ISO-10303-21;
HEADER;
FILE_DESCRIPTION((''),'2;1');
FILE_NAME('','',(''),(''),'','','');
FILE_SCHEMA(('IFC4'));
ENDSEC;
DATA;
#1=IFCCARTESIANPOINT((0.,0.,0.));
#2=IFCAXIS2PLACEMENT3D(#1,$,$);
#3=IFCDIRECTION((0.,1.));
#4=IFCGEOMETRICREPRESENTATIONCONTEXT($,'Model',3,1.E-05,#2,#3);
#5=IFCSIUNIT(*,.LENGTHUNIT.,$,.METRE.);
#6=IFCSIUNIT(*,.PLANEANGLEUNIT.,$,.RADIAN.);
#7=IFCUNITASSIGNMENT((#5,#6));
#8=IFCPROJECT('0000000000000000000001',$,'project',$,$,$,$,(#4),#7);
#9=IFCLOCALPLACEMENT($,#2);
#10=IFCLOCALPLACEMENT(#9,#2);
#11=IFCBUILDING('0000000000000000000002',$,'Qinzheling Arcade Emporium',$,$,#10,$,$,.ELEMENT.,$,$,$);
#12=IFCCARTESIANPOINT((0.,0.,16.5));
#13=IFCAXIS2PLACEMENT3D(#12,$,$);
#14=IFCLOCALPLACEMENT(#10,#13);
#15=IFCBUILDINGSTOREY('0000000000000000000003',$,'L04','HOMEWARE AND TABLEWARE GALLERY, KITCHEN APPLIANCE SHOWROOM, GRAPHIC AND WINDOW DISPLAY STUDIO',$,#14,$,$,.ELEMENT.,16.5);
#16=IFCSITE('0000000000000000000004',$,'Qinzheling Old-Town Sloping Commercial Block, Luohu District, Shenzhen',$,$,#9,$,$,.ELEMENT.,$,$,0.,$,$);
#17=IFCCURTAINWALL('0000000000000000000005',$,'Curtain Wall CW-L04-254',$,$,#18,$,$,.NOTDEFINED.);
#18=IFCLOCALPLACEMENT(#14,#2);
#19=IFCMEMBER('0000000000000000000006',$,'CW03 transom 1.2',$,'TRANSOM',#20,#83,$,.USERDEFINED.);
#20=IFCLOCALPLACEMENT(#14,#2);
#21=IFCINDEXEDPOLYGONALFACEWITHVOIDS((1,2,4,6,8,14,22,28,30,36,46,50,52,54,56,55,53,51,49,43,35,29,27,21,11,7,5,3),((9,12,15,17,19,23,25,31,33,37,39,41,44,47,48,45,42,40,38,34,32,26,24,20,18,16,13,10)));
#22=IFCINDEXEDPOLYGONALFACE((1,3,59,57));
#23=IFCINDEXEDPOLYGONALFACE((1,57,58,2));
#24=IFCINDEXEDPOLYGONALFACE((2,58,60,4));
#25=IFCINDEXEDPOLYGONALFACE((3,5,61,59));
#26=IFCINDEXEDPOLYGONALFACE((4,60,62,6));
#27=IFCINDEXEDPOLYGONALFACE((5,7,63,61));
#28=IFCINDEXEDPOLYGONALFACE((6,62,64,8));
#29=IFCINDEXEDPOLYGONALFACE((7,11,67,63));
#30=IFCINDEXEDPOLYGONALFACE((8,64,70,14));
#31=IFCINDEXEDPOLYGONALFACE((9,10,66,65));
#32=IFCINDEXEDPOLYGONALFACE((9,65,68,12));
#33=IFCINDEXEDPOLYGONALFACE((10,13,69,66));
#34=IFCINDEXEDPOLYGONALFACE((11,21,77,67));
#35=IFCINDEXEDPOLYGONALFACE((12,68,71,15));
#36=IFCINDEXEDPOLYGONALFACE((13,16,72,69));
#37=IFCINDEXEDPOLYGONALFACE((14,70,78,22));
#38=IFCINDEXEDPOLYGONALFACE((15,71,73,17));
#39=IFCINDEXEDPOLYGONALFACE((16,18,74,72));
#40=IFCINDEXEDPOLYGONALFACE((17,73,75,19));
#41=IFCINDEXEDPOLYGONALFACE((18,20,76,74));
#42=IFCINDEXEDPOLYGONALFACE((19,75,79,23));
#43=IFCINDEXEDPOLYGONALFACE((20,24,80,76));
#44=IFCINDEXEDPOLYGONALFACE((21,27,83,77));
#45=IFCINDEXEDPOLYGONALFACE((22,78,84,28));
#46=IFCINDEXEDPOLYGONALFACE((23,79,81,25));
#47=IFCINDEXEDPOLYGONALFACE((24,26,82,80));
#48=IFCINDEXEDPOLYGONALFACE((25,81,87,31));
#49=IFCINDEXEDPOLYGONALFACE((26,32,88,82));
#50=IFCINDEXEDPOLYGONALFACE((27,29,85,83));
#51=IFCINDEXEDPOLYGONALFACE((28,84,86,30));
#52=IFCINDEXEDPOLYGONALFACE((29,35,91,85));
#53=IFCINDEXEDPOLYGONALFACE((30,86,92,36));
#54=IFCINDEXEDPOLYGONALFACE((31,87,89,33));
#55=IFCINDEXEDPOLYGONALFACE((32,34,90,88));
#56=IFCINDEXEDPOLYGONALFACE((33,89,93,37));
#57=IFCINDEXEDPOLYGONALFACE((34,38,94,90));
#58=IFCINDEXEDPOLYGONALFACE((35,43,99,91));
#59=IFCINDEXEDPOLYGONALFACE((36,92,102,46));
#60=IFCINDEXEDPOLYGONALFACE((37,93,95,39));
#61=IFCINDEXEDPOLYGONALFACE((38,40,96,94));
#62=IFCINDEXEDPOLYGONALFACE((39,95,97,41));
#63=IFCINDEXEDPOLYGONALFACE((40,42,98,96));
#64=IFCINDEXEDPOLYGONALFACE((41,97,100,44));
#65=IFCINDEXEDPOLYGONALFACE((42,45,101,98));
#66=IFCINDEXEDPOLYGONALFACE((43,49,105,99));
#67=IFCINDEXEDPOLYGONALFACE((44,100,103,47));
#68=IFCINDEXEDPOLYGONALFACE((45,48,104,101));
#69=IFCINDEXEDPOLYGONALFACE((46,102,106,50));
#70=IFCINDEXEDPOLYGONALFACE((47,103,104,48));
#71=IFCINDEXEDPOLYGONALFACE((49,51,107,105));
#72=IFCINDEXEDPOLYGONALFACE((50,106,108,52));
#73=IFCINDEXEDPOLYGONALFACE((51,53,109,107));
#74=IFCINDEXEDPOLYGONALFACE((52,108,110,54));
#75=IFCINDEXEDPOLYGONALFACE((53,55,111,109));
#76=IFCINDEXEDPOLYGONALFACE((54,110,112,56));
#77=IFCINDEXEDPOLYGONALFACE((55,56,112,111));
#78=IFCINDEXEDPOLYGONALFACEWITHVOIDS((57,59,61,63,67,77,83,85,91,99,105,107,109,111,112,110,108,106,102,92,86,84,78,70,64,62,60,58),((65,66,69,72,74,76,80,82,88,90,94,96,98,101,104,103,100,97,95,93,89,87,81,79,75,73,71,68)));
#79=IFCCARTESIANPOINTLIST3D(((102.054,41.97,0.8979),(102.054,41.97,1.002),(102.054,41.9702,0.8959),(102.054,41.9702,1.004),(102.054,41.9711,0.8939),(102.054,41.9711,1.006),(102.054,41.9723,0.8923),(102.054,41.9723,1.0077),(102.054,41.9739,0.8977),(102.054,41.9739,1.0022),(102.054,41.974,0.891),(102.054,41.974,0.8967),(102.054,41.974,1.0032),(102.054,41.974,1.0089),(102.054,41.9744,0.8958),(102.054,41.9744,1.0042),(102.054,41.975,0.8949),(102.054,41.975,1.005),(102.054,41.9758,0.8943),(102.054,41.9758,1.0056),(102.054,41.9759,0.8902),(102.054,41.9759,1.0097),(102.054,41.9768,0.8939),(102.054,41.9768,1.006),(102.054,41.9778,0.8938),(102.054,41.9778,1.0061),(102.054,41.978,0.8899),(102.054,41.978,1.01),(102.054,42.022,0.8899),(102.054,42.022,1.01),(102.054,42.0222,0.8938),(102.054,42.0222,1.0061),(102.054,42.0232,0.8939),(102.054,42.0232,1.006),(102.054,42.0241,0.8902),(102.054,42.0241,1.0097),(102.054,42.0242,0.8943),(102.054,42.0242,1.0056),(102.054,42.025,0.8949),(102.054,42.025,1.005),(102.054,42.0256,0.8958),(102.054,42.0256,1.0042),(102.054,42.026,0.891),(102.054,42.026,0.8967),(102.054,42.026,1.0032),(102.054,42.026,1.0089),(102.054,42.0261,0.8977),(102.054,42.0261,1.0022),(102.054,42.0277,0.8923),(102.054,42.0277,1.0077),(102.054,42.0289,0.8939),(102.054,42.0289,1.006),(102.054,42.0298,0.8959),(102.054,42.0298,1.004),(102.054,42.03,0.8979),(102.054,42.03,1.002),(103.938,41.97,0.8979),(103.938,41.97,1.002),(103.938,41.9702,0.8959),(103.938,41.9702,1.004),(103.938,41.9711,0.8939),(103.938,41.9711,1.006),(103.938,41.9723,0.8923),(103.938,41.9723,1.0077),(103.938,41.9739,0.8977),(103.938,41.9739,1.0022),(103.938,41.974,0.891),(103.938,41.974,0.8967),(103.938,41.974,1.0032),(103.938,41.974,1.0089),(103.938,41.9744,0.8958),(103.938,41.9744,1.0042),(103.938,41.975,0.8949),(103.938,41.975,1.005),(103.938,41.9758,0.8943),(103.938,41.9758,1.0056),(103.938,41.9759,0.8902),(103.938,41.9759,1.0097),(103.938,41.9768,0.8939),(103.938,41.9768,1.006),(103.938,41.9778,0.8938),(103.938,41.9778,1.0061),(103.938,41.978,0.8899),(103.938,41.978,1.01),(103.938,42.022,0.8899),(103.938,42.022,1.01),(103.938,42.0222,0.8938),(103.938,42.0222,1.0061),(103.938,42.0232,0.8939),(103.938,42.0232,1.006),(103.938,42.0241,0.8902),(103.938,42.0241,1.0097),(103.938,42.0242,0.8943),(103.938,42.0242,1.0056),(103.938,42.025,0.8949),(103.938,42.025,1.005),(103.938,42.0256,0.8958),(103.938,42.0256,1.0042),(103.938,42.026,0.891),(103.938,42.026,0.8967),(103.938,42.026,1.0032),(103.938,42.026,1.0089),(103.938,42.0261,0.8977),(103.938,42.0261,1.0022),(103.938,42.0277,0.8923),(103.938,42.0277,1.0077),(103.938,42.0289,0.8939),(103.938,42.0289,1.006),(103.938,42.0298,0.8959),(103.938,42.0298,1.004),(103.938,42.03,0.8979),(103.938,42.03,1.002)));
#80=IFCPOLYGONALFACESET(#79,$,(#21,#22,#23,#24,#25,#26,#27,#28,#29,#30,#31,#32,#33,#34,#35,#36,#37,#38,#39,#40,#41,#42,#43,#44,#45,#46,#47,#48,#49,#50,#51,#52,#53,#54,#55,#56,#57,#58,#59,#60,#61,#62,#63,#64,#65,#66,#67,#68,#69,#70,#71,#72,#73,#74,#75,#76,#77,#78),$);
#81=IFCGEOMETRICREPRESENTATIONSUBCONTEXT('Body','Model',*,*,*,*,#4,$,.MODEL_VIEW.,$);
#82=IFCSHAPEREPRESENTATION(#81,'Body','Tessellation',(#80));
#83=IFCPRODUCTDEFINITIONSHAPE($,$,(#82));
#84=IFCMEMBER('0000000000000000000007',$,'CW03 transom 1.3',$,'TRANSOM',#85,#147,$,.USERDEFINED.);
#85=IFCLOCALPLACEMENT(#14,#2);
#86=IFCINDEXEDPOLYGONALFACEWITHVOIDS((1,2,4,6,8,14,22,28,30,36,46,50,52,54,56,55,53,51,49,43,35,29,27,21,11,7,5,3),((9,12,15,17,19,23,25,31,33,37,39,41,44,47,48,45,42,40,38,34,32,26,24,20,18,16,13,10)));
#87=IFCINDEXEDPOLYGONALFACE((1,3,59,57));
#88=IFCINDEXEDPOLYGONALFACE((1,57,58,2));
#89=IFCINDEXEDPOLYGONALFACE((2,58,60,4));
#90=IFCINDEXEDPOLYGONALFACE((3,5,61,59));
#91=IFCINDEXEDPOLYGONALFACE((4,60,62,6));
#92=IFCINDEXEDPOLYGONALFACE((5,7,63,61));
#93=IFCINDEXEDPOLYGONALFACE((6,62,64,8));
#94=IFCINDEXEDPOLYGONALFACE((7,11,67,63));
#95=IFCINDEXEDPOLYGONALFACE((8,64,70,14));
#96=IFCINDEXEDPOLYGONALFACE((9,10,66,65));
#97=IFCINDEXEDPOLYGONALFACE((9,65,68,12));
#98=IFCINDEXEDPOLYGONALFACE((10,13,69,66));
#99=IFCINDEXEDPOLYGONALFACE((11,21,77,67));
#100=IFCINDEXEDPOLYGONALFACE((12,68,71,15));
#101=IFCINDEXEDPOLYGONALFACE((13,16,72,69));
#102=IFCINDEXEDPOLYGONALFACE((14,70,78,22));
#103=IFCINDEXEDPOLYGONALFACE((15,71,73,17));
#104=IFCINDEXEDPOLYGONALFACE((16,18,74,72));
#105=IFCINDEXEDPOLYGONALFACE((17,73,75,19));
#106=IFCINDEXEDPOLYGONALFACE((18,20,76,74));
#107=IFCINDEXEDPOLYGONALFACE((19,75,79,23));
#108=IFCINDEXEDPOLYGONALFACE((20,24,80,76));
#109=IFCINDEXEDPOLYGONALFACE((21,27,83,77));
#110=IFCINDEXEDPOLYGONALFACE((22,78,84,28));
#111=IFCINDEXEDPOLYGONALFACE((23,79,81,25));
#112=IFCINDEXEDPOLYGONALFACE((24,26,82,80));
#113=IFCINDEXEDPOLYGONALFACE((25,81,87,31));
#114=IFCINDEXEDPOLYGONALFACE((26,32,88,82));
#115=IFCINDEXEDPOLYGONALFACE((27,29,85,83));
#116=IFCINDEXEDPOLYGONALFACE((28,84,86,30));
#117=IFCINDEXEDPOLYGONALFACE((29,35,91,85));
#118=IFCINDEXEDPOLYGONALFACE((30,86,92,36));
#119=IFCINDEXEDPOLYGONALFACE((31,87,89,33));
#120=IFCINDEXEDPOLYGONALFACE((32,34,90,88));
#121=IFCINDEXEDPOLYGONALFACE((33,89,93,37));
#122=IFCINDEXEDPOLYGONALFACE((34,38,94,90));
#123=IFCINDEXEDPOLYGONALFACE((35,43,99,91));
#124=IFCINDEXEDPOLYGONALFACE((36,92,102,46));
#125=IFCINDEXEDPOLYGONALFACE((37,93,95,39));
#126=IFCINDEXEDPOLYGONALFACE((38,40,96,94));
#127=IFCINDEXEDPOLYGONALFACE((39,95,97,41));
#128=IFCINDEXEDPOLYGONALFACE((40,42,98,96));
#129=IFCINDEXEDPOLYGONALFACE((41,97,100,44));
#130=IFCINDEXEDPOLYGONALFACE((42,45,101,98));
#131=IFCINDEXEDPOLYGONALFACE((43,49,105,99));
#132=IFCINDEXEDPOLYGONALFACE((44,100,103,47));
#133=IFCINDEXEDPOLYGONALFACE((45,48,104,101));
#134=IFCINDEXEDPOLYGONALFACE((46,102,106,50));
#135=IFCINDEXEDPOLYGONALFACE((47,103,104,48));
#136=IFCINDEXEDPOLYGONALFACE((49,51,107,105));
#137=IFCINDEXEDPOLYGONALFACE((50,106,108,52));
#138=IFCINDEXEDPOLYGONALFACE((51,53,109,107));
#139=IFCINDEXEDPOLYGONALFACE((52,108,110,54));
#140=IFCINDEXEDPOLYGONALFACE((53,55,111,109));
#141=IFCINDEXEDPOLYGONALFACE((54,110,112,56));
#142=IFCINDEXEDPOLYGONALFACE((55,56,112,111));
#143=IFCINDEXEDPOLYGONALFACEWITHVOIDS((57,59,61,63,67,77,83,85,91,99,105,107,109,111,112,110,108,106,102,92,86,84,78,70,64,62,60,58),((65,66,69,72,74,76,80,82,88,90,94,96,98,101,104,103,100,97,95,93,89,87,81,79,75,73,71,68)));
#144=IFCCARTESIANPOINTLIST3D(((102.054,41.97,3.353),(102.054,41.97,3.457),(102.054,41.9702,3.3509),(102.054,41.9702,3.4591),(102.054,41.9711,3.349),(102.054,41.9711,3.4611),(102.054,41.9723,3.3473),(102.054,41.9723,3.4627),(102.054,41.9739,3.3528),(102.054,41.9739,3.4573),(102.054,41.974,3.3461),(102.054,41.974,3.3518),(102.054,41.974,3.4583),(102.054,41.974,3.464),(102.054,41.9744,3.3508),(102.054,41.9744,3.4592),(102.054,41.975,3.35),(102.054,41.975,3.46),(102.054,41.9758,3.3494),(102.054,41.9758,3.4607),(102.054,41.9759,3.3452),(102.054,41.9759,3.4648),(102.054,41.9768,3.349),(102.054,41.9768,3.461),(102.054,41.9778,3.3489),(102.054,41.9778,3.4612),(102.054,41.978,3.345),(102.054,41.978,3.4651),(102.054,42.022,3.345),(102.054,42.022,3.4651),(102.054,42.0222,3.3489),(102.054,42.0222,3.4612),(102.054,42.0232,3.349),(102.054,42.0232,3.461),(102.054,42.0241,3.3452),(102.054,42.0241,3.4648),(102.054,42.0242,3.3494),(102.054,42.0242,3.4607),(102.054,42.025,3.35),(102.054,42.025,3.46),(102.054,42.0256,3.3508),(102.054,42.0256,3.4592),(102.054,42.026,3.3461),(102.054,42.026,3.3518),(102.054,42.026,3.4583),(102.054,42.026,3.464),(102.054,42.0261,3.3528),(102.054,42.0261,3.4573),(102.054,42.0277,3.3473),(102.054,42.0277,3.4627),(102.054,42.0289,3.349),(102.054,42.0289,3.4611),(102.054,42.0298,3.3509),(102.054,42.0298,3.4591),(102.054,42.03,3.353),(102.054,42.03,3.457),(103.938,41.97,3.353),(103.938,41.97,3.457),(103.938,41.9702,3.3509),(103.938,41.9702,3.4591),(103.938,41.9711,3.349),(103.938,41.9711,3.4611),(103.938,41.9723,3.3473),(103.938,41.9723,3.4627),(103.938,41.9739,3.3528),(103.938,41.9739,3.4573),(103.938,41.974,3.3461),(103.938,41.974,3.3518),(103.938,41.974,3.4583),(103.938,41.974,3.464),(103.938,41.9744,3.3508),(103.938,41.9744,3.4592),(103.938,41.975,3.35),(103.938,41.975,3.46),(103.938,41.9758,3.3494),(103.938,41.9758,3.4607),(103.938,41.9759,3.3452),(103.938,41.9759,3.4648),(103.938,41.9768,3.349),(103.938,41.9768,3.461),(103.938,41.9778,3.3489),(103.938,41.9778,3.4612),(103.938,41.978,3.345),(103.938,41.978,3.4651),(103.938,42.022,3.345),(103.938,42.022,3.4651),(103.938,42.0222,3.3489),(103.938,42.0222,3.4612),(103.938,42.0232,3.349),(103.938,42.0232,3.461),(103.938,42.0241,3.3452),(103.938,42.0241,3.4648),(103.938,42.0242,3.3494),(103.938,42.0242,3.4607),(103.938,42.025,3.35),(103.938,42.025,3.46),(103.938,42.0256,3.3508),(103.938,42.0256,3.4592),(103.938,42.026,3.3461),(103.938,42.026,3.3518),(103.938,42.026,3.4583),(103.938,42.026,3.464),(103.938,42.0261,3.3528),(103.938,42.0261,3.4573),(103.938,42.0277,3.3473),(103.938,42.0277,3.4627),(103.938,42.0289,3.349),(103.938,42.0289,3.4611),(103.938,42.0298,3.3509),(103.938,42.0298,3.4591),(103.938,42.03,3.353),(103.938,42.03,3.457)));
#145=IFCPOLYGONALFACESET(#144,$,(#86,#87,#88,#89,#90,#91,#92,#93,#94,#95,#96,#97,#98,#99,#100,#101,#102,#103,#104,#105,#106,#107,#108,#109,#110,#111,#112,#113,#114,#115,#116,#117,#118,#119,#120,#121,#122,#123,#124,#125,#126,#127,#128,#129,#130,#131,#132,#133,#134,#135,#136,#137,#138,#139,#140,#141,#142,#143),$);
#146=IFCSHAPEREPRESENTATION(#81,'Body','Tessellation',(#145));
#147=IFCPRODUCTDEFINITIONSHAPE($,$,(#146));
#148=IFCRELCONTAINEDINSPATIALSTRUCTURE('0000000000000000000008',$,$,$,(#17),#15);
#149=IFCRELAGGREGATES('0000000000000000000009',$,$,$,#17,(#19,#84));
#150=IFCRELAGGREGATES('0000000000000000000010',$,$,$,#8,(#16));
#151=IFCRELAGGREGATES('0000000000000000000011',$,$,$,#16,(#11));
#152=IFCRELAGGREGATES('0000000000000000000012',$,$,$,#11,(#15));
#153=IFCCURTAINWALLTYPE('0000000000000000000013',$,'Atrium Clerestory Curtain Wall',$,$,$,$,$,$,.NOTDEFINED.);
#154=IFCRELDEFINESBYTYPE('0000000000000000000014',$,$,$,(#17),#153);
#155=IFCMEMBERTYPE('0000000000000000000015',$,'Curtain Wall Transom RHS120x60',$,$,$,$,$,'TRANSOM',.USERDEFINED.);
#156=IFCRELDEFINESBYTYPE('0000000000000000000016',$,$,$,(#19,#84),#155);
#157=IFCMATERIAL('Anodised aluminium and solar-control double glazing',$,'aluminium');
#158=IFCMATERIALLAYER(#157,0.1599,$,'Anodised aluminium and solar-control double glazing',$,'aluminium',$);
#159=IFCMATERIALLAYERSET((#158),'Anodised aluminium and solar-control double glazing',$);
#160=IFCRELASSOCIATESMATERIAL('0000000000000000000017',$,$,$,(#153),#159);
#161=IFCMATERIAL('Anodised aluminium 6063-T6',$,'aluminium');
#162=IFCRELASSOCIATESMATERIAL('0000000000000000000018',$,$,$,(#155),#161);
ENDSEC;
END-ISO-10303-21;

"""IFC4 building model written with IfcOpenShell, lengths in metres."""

from ifc_helpers import new_model, si_unit, direction, frame, origin, origin_2d, place, context, subcontext, project, spatial, hollow_rectangle, extrude, material, layer, layer_set, material_profile, profile_set, type_object, element, aggregate, save


model = new_model("IFC4")

# Units and contexts
model_context = context("Model", 3, precision=1e-05, world=origin(), true_north=direction((0.0, 1.0)))
body_context = subcontext(model_context, "Body", "Model", "MODEL_VIEW")
ifc_project = project(units=[si_unit("LENGTHUNIT", "METRE"), si_unit("PLANEANGLEUNIT", "RADIAN")], contexts=[model_context])

# Site, building, storey
site_placement = place(None, origin())
site = spatial("IfcSite", under=ifc_project, at=site_placement, Name="Qinzheling Old-Town Sloping Commercial Block, Luohu District, Shenzhen", CompositionType="ELEMENT", RefElevation=0.0)
building_placement = place(site_placement, origin())
building = spatial("IfcBuilding", under=site, at=building_placement, Name="Qinzheling Arcade Emporium", CompositionType="ELEMENT")
storey_placement = place(building_placement, frame((0.0, 0.0, 16.5)))
storey = spatial("IfcBuildingStorey", under=building, at=storey_placement, Name="L04", Description="HOMEWARE AND TABLEWARE GALLERY, KITCHEN APPLIANCE SHOWROOM, GRAPHIC AND WINDOW DISPLAY STUDIO", CompositionType="ELEMENT", Elevation=16.5)

# Curtain wall
ifc_material_1 = material(Name="Anodised aluminium and solar-control double glazing", Category="aluminium")
ifc_layer_1 = layer(ifc_material_1, 0.1599, Name="Anodised aluminium and solar-control double glazing", Category="aluminium")
ifc_layer_set_1 = layer_set([ifc_layer_1], Name="Anodised aluminium and solar-control double glazing")
curtain_wall_type = type_object("IfcCurtainWallType", Name="Atrium Clerestory Curtain Wall", PredefinedType="NOTDEFINED", material=ifc_layer_set_1)
ifc_material_2 = material(Name="Anodised aluminium 6063-T6", Category="aluminium")
curtain_wall_1_placement = place(storey_placement, origin())
curtain_wall_1 = element("IfcCurtainWall", 1, at=curtain_wall_1_placement, inside=storey, type_object=curtain_wall_type, Name="Curtain Wall CW-L04-254", PredefinedType="NOTDEFINED")

# Members
ifc_material_profile_1 = material_profile(ifc_material_2, hollow_rectangle(XDim=0.0601, YDim=0.1201, WallThickness=0.0039, InnerFilletRadius=0.0039, OuterFilletRadius=0.0081, at=origin_2d()), Name="RHS 120x60x4", Category="aluminium")
ifc_profile_set_1 = profile_set([ifc_material_profile_1], Name="Anodised aluminium 6063-T6")
member_type_1 = type_object("IfcMemberType", Name="Curtain Wall Transom RHS120x60", ElementType="TRANSOM", PredefinedType="USERDEFINED", material=ifc_profile_set_1)
member_1_placement = place(storey_placement, frame((103.938, 42.0, 0.95), z_axis=(-1.0, 0.0, 0.0), x_axis=(0.0, -1.0, 0.0)))
member_1 = element("IfcMember", 2, at=member_1_placement, type_object=member_type_1, Name="CW03 transom 1.2", ObjectType="TRANSOM", PredefinedType="USERDEFINED", context=body_context, shape_type="SweptSolid", body=[
    extrude(hollow_rectangle(XDim=0.0601, YDim=0.1201, WallThickness=0.0039, InnerFilletRadius=0.0039, OuterFilletRadius=0.0081, at=origin_2d()), origin(), (0.0, 0.0, 1.0), 1.884),
])
member_2_placement = place(storey_placement, frame((103.938, 42.0, 3.405), z_axis=(-1.0, 0.0, 0.0), x_axis=(0.0, -1.0, 0.0)))
member_2 = element("IfcMember", 3, at=member_2_placement, type_object=member_type_1, Name="CW03 transom 1.3", ObjectType="TRANSOM", PredefinedType="USERDEFINED", context=body_context, shape_type="SweptSolid", body=[
    extrude(hollow_rectangle(XDim=0.0601, YDim=0.1201, WallThickness=0.0039, InnerFilletRadius=0.0039, OuterFilletRadius=0.0081, at=origin_2d()), origin(), (0.0, 0.0, 1.0), 1.884),
])

aggregate(curtain_wall_1, [member_1, member_2])

save(model, "model.ifc")
